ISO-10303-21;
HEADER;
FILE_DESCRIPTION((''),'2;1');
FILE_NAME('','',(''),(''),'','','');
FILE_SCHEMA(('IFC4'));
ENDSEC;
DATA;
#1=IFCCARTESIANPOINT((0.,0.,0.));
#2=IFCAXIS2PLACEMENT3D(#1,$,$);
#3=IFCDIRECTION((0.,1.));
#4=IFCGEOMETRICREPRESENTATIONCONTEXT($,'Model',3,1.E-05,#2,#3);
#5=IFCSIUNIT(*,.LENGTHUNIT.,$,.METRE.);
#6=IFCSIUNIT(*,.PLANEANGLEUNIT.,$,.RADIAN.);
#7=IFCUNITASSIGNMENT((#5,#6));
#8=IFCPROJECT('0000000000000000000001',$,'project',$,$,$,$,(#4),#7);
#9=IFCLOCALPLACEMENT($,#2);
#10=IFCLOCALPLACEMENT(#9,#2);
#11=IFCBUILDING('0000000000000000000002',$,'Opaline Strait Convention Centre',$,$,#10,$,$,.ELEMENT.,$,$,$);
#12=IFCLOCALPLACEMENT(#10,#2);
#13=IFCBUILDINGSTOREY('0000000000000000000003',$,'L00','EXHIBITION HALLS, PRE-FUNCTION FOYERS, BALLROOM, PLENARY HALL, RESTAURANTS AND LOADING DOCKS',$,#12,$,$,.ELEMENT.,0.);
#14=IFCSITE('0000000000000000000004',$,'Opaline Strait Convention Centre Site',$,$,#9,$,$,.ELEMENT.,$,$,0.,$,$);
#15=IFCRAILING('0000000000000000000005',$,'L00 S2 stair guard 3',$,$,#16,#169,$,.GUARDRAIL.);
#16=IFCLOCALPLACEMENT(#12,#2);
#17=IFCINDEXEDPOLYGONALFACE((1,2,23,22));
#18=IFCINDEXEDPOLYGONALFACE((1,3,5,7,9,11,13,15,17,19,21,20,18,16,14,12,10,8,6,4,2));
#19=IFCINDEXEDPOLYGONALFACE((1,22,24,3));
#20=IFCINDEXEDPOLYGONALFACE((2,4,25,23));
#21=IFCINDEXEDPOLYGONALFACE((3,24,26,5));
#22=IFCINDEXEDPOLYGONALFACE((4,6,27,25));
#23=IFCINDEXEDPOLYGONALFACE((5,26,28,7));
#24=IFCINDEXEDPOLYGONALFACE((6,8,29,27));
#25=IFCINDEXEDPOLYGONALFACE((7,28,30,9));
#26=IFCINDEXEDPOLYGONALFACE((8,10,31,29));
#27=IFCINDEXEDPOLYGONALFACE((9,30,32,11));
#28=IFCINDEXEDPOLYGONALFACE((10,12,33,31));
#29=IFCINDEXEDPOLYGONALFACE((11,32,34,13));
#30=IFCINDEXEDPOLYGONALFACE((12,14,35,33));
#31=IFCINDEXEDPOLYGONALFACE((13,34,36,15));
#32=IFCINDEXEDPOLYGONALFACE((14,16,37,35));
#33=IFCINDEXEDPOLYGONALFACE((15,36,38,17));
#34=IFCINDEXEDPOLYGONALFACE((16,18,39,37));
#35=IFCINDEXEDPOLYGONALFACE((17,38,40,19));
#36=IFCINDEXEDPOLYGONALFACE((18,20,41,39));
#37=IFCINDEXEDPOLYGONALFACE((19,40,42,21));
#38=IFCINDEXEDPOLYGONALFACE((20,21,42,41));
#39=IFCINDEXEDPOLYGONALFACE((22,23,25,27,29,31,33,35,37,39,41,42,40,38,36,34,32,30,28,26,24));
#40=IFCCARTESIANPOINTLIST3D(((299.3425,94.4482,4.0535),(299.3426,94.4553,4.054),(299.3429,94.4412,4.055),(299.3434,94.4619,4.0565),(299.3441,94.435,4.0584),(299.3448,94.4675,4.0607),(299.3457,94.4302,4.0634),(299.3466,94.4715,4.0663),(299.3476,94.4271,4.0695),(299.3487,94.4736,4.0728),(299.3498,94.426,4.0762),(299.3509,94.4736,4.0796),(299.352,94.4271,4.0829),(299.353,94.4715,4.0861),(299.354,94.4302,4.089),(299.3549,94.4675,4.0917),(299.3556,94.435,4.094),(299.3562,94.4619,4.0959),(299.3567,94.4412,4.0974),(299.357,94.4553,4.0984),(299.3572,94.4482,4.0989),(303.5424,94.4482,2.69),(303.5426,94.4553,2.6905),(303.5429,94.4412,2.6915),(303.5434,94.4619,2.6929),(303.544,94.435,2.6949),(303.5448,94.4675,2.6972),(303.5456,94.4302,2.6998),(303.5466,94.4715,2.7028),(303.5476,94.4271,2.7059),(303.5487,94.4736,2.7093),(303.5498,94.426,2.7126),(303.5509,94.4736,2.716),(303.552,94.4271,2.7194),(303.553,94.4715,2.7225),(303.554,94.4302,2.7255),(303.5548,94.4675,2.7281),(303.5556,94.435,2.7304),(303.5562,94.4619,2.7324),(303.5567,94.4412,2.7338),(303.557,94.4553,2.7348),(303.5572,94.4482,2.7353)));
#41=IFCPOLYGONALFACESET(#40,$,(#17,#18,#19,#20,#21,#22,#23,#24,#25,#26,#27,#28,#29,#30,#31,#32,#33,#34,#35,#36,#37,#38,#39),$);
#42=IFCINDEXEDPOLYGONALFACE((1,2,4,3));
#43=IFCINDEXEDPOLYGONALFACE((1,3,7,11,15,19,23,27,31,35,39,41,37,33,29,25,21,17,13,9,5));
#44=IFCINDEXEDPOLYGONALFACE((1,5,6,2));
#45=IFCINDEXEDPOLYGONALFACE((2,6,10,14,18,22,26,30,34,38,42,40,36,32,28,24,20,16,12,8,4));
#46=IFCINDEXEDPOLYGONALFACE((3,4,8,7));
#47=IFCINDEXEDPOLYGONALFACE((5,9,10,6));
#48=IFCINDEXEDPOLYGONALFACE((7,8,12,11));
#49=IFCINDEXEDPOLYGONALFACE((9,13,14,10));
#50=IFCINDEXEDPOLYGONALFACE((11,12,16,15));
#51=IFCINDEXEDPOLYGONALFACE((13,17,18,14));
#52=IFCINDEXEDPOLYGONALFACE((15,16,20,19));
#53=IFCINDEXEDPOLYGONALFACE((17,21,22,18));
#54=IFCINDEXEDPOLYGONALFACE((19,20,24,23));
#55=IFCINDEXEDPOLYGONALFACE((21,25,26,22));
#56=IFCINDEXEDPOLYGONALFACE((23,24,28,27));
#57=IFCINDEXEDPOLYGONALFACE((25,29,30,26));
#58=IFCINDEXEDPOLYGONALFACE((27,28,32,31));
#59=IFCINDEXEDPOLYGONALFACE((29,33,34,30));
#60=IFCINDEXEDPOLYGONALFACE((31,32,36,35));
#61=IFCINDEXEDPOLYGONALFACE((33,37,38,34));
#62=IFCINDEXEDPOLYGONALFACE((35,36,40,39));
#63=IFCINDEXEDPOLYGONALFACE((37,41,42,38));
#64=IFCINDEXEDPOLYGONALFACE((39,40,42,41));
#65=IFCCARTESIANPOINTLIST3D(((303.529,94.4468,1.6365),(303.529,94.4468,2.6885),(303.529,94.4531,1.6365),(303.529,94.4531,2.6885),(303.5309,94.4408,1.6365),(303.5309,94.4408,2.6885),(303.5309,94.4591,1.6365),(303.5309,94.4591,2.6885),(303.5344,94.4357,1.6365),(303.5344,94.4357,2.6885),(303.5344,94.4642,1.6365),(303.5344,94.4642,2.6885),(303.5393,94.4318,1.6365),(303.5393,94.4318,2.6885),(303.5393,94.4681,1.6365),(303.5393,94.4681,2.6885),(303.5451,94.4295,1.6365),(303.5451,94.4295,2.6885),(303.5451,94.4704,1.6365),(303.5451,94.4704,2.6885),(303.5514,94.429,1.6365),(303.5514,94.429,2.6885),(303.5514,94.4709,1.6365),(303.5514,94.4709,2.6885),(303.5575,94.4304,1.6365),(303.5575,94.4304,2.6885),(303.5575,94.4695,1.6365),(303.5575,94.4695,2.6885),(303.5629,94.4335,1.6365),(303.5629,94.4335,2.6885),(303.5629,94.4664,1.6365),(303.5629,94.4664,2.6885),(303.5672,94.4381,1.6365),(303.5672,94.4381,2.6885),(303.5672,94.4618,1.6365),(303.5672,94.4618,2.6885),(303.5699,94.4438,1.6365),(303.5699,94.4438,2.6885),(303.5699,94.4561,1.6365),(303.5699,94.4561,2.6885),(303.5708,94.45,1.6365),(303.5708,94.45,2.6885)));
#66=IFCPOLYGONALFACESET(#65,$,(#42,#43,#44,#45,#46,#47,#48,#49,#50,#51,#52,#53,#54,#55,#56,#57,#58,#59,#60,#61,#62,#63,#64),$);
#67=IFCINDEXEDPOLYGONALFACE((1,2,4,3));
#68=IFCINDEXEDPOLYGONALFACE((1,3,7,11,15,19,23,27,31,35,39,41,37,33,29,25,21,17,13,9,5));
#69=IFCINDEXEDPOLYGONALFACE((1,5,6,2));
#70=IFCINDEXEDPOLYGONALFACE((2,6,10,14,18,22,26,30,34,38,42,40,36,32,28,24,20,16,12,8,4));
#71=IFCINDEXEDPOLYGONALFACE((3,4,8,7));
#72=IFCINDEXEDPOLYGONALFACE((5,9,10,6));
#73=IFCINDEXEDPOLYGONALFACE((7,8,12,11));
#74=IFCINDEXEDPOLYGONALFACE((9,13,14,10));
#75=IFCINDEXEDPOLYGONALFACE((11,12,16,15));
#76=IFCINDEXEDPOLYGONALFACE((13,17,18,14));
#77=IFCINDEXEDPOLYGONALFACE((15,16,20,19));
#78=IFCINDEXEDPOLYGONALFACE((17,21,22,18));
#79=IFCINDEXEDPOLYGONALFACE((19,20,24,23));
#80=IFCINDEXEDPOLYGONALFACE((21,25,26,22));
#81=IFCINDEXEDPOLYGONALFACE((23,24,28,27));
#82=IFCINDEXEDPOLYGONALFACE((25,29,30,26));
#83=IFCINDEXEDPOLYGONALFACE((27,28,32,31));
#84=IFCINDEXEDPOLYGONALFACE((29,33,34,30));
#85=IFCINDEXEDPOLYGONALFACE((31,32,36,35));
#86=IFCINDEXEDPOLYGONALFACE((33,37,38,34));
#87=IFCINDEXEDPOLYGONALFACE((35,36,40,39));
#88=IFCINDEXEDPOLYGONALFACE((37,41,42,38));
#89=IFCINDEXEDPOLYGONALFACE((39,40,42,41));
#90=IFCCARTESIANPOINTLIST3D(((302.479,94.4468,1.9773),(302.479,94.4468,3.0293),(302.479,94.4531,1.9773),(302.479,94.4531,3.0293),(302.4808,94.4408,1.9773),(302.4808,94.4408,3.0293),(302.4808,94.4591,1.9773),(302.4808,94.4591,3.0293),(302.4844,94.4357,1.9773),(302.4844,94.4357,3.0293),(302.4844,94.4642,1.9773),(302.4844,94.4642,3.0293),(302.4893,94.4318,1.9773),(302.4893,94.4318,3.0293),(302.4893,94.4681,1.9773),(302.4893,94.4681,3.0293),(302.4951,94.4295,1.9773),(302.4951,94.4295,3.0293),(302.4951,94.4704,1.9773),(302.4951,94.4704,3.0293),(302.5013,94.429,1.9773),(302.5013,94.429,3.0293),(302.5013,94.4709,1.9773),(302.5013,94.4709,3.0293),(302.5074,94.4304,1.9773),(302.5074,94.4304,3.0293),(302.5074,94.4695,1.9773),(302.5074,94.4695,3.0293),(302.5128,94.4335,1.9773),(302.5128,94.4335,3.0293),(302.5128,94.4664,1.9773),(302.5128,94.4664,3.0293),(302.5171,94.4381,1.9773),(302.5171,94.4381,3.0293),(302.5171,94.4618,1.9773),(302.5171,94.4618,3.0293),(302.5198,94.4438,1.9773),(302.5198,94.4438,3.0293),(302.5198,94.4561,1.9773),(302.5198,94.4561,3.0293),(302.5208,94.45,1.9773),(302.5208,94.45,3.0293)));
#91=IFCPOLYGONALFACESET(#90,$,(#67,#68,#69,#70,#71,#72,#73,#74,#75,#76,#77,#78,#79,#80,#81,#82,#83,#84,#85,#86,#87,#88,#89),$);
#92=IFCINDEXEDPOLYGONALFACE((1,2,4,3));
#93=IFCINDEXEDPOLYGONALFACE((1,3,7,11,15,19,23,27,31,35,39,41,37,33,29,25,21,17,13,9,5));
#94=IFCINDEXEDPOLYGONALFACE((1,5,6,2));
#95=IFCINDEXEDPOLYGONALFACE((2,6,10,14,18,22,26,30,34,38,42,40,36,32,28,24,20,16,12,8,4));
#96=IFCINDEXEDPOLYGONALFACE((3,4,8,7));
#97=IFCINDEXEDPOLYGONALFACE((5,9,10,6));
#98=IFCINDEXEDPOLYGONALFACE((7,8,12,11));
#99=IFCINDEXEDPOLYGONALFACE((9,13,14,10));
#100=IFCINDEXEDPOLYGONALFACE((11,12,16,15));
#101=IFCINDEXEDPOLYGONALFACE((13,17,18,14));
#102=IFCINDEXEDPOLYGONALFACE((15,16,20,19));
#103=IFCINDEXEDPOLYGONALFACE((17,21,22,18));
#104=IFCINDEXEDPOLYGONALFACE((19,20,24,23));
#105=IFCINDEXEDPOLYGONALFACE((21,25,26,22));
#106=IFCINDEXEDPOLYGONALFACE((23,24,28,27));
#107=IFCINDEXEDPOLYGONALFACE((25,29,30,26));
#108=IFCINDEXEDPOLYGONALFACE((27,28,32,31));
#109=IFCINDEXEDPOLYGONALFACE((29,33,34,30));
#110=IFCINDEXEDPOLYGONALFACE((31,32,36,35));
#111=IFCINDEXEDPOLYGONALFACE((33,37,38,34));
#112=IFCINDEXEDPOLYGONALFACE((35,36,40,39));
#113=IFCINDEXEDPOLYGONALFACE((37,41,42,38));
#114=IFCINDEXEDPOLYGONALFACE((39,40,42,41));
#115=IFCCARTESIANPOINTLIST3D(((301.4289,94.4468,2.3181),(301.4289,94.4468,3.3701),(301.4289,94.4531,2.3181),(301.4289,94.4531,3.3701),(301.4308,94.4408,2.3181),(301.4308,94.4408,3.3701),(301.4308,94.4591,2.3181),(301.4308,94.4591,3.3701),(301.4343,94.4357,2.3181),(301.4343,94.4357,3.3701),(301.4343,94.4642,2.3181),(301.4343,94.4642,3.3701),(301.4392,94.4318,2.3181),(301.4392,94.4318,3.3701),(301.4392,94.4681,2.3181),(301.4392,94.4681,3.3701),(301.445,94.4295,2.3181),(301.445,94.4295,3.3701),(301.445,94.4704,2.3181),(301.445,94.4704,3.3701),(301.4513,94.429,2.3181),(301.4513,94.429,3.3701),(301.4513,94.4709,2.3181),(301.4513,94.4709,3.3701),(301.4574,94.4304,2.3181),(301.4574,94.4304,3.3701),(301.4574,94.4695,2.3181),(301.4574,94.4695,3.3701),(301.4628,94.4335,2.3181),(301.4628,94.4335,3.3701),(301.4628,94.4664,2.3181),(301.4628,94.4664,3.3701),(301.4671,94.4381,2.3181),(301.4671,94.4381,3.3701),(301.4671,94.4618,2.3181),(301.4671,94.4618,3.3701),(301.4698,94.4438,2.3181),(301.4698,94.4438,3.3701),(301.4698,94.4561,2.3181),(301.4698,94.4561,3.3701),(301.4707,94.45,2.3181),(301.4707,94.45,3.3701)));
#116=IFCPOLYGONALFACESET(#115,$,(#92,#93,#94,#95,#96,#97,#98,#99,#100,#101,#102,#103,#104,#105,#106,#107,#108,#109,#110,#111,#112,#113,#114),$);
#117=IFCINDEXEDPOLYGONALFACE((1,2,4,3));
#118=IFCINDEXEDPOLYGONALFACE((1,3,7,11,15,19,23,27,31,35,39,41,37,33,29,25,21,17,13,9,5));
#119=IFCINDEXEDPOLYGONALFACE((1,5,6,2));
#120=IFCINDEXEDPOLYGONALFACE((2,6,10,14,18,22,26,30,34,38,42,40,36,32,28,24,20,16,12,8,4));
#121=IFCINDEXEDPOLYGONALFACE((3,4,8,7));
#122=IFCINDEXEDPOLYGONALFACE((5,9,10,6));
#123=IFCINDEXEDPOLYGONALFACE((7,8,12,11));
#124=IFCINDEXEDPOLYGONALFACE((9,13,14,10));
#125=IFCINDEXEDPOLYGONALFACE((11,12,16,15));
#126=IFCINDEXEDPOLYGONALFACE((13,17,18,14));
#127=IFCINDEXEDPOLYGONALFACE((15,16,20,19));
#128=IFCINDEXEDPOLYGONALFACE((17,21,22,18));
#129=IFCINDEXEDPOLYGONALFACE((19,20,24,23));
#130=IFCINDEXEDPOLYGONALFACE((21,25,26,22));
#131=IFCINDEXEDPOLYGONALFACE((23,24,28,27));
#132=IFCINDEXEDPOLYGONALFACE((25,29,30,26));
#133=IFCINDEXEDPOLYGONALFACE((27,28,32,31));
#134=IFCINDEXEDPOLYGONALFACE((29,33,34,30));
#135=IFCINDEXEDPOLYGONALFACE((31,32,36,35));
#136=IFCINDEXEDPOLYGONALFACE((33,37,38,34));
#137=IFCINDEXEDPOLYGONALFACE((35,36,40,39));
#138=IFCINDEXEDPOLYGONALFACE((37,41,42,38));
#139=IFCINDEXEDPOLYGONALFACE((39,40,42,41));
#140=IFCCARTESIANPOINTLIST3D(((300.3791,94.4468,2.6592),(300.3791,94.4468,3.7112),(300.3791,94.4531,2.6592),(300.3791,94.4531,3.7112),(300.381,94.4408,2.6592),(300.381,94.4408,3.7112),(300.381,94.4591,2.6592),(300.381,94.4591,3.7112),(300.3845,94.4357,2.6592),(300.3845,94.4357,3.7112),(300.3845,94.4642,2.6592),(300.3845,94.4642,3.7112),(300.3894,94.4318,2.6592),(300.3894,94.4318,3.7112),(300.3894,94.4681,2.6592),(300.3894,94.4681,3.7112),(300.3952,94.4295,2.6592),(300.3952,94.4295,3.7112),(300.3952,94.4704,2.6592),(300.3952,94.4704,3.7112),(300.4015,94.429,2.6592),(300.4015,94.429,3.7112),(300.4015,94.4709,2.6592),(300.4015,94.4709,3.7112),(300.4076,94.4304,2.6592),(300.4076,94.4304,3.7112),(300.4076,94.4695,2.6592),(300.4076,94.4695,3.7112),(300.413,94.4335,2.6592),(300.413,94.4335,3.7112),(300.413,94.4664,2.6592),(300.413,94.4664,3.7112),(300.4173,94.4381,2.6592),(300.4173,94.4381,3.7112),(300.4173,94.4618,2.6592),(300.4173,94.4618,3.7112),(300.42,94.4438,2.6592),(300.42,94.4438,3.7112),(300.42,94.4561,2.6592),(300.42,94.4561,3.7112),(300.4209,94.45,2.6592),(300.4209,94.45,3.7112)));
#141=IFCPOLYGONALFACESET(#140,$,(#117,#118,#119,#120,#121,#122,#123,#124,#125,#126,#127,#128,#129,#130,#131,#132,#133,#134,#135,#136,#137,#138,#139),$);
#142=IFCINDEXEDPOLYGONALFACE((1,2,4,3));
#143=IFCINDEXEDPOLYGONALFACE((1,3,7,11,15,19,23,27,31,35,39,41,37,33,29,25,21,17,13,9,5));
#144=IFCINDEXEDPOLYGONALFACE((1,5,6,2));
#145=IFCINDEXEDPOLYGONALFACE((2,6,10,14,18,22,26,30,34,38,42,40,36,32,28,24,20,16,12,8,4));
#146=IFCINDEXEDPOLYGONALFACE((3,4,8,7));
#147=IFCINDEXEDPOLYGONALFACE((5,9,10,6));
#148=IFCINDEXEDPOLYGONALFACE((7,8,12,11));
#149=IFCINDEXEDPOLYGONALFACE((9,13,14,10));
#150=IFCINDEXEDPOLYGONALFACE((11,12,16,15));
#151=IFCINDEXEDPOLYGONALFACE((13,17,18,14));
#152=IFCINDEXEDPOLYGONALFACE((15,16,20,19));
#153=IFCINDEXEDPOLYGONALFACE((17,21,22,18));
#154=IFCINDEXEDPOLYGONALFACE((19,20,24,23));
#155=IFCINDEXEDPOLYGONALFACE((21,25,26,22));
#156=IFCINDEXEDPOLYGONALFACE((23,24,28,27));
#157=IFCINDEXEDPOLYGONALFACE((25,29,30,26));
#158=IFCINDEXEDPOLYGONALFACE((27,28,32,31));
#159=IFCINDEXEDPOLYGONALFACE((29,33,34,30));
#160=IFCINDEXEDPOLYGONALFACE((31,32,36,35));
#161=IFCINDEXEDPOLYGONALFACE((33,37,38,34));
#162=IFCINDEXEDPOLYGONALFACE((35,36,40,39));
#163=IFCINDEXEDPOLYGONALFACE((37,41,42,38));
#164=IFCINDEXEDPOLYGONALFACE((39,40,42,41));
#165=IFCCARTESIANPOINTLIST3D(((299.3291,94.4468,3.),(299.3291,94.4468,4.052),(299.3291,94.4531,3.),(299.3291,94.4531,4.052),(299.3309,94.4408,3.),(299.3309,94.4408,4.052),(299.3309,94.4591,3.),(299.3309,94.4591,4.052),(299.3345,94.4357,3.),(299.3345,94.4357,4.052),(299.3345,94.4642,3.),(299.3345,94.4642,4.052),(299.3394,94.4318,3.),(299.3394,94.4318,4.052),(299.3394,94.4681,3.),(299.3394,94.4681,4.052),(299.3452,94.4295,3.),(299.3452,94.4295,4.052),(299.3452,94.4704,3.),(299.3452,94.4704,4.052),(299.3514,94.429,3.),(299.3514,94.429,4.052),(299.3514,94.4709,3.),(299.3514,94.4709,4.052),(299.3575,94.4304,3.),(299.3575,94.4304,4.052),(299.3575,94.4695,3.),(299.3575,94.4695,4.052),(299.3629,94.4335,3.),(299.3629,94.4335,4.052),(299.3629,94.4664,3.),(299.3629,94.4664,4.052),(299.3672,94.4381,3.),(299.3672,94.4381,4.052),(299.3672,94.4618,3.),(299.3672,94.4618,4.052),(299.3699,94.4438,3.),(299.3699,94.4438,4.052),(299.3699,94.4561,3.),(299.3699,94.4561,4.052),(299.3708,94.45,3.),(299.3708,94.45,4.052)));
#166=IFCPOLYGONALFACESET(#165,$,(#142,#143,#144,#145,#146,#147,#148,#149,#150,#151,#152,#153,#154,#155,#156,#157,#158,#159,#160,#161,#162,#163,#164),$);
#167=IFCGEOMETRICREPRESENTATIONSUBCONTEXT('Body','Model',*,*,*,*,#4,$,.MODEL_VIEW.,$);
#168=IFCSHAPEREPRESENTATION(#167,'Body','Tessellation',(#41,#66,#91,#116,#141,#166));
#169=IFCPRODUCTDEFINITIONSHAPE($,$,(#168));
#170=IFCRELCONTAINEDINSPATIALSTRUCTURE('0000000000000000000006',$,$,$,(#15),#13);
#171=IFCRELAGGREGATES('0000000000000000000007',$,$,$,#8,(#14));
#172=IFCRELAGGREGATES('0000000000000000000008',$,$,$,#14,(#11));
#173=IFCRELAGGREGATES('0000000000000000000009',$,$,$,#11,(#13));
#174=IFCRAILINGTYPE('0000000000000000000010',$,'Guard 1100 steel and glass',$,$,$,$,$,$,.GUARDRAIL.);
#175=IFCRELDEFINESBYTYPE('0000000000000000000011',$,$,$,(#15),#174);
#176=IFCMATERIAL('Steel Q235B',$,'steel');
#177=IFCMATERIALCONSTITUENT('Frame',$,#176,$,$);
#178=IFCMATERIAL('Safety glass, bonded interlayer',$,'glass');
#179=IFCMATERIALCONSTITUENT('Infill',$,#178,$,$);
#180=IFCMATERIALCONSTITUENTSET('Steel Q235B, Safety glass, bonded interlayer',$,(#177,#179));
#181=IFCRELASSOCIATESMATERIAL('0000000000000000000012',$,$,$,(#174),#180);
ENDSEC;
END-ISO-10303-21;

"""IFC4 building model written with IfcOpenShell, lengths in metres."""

from ifc_helpers import new_model, si_unit, direction, frame, origin, origin_2d, place, context, subcontext, project, spatial, circle, extrude, material, constituent, constituent_set, type_object, element, save


model = new_model("IFC4")

# Units and contexts
model_context = context("Model", 3, precision=1e-05, world=origin(), true_north=direction((0.0, 1.0)))
body_context = subcontext(model_context, "Body", "Model", "MODEL_VIEW")
ifc_project = project(units=[si_unit("LENGTHUNIT", "METRE"), si_unit("PLANEANGLEUNIT", "RADIAN")], contexts=[model_context])

# Site, building, storey
site_placement = place(None, origin())
site = spatial("IfcSite", under=ifc_project, at=site_placement, Name="Opaline Strait Convention Centre Site", CompositionType="ELEMENT", RefElevation=0.0)
building_placement = place(site_placement, origin())
building = spatial("IfcBuilding", under=site, at=building_placement, Name="Opaline Strait Convention Centre", CompositionType="ELEMENT")
storey_placement = place(building_placement, origin())
storey = spatial("IfcBuildingStorey", under=building, at=storey_placement, Name="L00", Description="EXHIBITION HALLS, PRE-FUNCTION FOYERS, BALLROOM, PLENARY HALL, RESTAURANTS AND LOADING DOCKS", CompositionType="ELEMENT", Elevation=0.0)

# Railing
ifc_material_1 = material(Name="Steel Q235B", Category="steel")
ifc_constituent_1 = constituent(ifc_material_1, Name="Frame")
ifc_material_2 = material(Name="Safety glass, bonded interlayer", Category="glass")
ifc_constituent_2 = constituent(ifc_material_2, Name="Infill")
ifc_constituent_set = constituent_set(constituents=[ifc_constituent_1, ifc_constituent_2], Name="Steel Q235B, Safety glass, bonded interlayer")
railing_type_1 = type_object("IfcRailingType", Name="Guard 1100 steel and glass", PredefinedType="GUARDRAIL", material=ifc_constituent_set)
railing_1_placement = place(storey_placement, frame((303.5498, 94.45, 1.6365)))
element("IfcRailing", 1, at=railing_1_placement, inside=storey, type_object=railing_type_1, Name="L00 S2 stair guard 3", PredefinedType="GUARDRAIL", context=body_context, shape_type="SweptSolid", body=[
    extrude(circle(Radius=0.0239, at=origin_2d()), frame((0.0, 0.0, 1.0762), z_axis=(-0.951131, 0.0, 0.308787), x_axis=(0.0, -1.0, 0.0)), (0.0, 0.0, 1.0), 4.4158),
    extrude(circle(Radius=0.021, at=origin_2d()), origin(), (0.0, 0.0, 1.0), 1.052),
    extrude(circle(Radius=0.021, at=origin_2d()), frame((-1.05, 0.0, 0.3408)), (0.0, 0.0, 1.0), 1.052),
    extrude(circle(Radius=0.021, at=origin_2d()), frame((-2.1001, 0.0, 0.6816)), (0.0, 0.0, 1.0), 1.052),
    extrude(circle(Radius=0.021, at=origin_2d()), frame((-3.1499, 0.0, 1.0227)), (0.0, 0.0, 1.0), 1.052),
    extrude(circle(Radius=0.021, at=origin_2d()), frame((-4.2, 0.0, 1.3635)), (0.0, 0.0, 1.0), 1.052),
])

save(model, "model.ifc")
